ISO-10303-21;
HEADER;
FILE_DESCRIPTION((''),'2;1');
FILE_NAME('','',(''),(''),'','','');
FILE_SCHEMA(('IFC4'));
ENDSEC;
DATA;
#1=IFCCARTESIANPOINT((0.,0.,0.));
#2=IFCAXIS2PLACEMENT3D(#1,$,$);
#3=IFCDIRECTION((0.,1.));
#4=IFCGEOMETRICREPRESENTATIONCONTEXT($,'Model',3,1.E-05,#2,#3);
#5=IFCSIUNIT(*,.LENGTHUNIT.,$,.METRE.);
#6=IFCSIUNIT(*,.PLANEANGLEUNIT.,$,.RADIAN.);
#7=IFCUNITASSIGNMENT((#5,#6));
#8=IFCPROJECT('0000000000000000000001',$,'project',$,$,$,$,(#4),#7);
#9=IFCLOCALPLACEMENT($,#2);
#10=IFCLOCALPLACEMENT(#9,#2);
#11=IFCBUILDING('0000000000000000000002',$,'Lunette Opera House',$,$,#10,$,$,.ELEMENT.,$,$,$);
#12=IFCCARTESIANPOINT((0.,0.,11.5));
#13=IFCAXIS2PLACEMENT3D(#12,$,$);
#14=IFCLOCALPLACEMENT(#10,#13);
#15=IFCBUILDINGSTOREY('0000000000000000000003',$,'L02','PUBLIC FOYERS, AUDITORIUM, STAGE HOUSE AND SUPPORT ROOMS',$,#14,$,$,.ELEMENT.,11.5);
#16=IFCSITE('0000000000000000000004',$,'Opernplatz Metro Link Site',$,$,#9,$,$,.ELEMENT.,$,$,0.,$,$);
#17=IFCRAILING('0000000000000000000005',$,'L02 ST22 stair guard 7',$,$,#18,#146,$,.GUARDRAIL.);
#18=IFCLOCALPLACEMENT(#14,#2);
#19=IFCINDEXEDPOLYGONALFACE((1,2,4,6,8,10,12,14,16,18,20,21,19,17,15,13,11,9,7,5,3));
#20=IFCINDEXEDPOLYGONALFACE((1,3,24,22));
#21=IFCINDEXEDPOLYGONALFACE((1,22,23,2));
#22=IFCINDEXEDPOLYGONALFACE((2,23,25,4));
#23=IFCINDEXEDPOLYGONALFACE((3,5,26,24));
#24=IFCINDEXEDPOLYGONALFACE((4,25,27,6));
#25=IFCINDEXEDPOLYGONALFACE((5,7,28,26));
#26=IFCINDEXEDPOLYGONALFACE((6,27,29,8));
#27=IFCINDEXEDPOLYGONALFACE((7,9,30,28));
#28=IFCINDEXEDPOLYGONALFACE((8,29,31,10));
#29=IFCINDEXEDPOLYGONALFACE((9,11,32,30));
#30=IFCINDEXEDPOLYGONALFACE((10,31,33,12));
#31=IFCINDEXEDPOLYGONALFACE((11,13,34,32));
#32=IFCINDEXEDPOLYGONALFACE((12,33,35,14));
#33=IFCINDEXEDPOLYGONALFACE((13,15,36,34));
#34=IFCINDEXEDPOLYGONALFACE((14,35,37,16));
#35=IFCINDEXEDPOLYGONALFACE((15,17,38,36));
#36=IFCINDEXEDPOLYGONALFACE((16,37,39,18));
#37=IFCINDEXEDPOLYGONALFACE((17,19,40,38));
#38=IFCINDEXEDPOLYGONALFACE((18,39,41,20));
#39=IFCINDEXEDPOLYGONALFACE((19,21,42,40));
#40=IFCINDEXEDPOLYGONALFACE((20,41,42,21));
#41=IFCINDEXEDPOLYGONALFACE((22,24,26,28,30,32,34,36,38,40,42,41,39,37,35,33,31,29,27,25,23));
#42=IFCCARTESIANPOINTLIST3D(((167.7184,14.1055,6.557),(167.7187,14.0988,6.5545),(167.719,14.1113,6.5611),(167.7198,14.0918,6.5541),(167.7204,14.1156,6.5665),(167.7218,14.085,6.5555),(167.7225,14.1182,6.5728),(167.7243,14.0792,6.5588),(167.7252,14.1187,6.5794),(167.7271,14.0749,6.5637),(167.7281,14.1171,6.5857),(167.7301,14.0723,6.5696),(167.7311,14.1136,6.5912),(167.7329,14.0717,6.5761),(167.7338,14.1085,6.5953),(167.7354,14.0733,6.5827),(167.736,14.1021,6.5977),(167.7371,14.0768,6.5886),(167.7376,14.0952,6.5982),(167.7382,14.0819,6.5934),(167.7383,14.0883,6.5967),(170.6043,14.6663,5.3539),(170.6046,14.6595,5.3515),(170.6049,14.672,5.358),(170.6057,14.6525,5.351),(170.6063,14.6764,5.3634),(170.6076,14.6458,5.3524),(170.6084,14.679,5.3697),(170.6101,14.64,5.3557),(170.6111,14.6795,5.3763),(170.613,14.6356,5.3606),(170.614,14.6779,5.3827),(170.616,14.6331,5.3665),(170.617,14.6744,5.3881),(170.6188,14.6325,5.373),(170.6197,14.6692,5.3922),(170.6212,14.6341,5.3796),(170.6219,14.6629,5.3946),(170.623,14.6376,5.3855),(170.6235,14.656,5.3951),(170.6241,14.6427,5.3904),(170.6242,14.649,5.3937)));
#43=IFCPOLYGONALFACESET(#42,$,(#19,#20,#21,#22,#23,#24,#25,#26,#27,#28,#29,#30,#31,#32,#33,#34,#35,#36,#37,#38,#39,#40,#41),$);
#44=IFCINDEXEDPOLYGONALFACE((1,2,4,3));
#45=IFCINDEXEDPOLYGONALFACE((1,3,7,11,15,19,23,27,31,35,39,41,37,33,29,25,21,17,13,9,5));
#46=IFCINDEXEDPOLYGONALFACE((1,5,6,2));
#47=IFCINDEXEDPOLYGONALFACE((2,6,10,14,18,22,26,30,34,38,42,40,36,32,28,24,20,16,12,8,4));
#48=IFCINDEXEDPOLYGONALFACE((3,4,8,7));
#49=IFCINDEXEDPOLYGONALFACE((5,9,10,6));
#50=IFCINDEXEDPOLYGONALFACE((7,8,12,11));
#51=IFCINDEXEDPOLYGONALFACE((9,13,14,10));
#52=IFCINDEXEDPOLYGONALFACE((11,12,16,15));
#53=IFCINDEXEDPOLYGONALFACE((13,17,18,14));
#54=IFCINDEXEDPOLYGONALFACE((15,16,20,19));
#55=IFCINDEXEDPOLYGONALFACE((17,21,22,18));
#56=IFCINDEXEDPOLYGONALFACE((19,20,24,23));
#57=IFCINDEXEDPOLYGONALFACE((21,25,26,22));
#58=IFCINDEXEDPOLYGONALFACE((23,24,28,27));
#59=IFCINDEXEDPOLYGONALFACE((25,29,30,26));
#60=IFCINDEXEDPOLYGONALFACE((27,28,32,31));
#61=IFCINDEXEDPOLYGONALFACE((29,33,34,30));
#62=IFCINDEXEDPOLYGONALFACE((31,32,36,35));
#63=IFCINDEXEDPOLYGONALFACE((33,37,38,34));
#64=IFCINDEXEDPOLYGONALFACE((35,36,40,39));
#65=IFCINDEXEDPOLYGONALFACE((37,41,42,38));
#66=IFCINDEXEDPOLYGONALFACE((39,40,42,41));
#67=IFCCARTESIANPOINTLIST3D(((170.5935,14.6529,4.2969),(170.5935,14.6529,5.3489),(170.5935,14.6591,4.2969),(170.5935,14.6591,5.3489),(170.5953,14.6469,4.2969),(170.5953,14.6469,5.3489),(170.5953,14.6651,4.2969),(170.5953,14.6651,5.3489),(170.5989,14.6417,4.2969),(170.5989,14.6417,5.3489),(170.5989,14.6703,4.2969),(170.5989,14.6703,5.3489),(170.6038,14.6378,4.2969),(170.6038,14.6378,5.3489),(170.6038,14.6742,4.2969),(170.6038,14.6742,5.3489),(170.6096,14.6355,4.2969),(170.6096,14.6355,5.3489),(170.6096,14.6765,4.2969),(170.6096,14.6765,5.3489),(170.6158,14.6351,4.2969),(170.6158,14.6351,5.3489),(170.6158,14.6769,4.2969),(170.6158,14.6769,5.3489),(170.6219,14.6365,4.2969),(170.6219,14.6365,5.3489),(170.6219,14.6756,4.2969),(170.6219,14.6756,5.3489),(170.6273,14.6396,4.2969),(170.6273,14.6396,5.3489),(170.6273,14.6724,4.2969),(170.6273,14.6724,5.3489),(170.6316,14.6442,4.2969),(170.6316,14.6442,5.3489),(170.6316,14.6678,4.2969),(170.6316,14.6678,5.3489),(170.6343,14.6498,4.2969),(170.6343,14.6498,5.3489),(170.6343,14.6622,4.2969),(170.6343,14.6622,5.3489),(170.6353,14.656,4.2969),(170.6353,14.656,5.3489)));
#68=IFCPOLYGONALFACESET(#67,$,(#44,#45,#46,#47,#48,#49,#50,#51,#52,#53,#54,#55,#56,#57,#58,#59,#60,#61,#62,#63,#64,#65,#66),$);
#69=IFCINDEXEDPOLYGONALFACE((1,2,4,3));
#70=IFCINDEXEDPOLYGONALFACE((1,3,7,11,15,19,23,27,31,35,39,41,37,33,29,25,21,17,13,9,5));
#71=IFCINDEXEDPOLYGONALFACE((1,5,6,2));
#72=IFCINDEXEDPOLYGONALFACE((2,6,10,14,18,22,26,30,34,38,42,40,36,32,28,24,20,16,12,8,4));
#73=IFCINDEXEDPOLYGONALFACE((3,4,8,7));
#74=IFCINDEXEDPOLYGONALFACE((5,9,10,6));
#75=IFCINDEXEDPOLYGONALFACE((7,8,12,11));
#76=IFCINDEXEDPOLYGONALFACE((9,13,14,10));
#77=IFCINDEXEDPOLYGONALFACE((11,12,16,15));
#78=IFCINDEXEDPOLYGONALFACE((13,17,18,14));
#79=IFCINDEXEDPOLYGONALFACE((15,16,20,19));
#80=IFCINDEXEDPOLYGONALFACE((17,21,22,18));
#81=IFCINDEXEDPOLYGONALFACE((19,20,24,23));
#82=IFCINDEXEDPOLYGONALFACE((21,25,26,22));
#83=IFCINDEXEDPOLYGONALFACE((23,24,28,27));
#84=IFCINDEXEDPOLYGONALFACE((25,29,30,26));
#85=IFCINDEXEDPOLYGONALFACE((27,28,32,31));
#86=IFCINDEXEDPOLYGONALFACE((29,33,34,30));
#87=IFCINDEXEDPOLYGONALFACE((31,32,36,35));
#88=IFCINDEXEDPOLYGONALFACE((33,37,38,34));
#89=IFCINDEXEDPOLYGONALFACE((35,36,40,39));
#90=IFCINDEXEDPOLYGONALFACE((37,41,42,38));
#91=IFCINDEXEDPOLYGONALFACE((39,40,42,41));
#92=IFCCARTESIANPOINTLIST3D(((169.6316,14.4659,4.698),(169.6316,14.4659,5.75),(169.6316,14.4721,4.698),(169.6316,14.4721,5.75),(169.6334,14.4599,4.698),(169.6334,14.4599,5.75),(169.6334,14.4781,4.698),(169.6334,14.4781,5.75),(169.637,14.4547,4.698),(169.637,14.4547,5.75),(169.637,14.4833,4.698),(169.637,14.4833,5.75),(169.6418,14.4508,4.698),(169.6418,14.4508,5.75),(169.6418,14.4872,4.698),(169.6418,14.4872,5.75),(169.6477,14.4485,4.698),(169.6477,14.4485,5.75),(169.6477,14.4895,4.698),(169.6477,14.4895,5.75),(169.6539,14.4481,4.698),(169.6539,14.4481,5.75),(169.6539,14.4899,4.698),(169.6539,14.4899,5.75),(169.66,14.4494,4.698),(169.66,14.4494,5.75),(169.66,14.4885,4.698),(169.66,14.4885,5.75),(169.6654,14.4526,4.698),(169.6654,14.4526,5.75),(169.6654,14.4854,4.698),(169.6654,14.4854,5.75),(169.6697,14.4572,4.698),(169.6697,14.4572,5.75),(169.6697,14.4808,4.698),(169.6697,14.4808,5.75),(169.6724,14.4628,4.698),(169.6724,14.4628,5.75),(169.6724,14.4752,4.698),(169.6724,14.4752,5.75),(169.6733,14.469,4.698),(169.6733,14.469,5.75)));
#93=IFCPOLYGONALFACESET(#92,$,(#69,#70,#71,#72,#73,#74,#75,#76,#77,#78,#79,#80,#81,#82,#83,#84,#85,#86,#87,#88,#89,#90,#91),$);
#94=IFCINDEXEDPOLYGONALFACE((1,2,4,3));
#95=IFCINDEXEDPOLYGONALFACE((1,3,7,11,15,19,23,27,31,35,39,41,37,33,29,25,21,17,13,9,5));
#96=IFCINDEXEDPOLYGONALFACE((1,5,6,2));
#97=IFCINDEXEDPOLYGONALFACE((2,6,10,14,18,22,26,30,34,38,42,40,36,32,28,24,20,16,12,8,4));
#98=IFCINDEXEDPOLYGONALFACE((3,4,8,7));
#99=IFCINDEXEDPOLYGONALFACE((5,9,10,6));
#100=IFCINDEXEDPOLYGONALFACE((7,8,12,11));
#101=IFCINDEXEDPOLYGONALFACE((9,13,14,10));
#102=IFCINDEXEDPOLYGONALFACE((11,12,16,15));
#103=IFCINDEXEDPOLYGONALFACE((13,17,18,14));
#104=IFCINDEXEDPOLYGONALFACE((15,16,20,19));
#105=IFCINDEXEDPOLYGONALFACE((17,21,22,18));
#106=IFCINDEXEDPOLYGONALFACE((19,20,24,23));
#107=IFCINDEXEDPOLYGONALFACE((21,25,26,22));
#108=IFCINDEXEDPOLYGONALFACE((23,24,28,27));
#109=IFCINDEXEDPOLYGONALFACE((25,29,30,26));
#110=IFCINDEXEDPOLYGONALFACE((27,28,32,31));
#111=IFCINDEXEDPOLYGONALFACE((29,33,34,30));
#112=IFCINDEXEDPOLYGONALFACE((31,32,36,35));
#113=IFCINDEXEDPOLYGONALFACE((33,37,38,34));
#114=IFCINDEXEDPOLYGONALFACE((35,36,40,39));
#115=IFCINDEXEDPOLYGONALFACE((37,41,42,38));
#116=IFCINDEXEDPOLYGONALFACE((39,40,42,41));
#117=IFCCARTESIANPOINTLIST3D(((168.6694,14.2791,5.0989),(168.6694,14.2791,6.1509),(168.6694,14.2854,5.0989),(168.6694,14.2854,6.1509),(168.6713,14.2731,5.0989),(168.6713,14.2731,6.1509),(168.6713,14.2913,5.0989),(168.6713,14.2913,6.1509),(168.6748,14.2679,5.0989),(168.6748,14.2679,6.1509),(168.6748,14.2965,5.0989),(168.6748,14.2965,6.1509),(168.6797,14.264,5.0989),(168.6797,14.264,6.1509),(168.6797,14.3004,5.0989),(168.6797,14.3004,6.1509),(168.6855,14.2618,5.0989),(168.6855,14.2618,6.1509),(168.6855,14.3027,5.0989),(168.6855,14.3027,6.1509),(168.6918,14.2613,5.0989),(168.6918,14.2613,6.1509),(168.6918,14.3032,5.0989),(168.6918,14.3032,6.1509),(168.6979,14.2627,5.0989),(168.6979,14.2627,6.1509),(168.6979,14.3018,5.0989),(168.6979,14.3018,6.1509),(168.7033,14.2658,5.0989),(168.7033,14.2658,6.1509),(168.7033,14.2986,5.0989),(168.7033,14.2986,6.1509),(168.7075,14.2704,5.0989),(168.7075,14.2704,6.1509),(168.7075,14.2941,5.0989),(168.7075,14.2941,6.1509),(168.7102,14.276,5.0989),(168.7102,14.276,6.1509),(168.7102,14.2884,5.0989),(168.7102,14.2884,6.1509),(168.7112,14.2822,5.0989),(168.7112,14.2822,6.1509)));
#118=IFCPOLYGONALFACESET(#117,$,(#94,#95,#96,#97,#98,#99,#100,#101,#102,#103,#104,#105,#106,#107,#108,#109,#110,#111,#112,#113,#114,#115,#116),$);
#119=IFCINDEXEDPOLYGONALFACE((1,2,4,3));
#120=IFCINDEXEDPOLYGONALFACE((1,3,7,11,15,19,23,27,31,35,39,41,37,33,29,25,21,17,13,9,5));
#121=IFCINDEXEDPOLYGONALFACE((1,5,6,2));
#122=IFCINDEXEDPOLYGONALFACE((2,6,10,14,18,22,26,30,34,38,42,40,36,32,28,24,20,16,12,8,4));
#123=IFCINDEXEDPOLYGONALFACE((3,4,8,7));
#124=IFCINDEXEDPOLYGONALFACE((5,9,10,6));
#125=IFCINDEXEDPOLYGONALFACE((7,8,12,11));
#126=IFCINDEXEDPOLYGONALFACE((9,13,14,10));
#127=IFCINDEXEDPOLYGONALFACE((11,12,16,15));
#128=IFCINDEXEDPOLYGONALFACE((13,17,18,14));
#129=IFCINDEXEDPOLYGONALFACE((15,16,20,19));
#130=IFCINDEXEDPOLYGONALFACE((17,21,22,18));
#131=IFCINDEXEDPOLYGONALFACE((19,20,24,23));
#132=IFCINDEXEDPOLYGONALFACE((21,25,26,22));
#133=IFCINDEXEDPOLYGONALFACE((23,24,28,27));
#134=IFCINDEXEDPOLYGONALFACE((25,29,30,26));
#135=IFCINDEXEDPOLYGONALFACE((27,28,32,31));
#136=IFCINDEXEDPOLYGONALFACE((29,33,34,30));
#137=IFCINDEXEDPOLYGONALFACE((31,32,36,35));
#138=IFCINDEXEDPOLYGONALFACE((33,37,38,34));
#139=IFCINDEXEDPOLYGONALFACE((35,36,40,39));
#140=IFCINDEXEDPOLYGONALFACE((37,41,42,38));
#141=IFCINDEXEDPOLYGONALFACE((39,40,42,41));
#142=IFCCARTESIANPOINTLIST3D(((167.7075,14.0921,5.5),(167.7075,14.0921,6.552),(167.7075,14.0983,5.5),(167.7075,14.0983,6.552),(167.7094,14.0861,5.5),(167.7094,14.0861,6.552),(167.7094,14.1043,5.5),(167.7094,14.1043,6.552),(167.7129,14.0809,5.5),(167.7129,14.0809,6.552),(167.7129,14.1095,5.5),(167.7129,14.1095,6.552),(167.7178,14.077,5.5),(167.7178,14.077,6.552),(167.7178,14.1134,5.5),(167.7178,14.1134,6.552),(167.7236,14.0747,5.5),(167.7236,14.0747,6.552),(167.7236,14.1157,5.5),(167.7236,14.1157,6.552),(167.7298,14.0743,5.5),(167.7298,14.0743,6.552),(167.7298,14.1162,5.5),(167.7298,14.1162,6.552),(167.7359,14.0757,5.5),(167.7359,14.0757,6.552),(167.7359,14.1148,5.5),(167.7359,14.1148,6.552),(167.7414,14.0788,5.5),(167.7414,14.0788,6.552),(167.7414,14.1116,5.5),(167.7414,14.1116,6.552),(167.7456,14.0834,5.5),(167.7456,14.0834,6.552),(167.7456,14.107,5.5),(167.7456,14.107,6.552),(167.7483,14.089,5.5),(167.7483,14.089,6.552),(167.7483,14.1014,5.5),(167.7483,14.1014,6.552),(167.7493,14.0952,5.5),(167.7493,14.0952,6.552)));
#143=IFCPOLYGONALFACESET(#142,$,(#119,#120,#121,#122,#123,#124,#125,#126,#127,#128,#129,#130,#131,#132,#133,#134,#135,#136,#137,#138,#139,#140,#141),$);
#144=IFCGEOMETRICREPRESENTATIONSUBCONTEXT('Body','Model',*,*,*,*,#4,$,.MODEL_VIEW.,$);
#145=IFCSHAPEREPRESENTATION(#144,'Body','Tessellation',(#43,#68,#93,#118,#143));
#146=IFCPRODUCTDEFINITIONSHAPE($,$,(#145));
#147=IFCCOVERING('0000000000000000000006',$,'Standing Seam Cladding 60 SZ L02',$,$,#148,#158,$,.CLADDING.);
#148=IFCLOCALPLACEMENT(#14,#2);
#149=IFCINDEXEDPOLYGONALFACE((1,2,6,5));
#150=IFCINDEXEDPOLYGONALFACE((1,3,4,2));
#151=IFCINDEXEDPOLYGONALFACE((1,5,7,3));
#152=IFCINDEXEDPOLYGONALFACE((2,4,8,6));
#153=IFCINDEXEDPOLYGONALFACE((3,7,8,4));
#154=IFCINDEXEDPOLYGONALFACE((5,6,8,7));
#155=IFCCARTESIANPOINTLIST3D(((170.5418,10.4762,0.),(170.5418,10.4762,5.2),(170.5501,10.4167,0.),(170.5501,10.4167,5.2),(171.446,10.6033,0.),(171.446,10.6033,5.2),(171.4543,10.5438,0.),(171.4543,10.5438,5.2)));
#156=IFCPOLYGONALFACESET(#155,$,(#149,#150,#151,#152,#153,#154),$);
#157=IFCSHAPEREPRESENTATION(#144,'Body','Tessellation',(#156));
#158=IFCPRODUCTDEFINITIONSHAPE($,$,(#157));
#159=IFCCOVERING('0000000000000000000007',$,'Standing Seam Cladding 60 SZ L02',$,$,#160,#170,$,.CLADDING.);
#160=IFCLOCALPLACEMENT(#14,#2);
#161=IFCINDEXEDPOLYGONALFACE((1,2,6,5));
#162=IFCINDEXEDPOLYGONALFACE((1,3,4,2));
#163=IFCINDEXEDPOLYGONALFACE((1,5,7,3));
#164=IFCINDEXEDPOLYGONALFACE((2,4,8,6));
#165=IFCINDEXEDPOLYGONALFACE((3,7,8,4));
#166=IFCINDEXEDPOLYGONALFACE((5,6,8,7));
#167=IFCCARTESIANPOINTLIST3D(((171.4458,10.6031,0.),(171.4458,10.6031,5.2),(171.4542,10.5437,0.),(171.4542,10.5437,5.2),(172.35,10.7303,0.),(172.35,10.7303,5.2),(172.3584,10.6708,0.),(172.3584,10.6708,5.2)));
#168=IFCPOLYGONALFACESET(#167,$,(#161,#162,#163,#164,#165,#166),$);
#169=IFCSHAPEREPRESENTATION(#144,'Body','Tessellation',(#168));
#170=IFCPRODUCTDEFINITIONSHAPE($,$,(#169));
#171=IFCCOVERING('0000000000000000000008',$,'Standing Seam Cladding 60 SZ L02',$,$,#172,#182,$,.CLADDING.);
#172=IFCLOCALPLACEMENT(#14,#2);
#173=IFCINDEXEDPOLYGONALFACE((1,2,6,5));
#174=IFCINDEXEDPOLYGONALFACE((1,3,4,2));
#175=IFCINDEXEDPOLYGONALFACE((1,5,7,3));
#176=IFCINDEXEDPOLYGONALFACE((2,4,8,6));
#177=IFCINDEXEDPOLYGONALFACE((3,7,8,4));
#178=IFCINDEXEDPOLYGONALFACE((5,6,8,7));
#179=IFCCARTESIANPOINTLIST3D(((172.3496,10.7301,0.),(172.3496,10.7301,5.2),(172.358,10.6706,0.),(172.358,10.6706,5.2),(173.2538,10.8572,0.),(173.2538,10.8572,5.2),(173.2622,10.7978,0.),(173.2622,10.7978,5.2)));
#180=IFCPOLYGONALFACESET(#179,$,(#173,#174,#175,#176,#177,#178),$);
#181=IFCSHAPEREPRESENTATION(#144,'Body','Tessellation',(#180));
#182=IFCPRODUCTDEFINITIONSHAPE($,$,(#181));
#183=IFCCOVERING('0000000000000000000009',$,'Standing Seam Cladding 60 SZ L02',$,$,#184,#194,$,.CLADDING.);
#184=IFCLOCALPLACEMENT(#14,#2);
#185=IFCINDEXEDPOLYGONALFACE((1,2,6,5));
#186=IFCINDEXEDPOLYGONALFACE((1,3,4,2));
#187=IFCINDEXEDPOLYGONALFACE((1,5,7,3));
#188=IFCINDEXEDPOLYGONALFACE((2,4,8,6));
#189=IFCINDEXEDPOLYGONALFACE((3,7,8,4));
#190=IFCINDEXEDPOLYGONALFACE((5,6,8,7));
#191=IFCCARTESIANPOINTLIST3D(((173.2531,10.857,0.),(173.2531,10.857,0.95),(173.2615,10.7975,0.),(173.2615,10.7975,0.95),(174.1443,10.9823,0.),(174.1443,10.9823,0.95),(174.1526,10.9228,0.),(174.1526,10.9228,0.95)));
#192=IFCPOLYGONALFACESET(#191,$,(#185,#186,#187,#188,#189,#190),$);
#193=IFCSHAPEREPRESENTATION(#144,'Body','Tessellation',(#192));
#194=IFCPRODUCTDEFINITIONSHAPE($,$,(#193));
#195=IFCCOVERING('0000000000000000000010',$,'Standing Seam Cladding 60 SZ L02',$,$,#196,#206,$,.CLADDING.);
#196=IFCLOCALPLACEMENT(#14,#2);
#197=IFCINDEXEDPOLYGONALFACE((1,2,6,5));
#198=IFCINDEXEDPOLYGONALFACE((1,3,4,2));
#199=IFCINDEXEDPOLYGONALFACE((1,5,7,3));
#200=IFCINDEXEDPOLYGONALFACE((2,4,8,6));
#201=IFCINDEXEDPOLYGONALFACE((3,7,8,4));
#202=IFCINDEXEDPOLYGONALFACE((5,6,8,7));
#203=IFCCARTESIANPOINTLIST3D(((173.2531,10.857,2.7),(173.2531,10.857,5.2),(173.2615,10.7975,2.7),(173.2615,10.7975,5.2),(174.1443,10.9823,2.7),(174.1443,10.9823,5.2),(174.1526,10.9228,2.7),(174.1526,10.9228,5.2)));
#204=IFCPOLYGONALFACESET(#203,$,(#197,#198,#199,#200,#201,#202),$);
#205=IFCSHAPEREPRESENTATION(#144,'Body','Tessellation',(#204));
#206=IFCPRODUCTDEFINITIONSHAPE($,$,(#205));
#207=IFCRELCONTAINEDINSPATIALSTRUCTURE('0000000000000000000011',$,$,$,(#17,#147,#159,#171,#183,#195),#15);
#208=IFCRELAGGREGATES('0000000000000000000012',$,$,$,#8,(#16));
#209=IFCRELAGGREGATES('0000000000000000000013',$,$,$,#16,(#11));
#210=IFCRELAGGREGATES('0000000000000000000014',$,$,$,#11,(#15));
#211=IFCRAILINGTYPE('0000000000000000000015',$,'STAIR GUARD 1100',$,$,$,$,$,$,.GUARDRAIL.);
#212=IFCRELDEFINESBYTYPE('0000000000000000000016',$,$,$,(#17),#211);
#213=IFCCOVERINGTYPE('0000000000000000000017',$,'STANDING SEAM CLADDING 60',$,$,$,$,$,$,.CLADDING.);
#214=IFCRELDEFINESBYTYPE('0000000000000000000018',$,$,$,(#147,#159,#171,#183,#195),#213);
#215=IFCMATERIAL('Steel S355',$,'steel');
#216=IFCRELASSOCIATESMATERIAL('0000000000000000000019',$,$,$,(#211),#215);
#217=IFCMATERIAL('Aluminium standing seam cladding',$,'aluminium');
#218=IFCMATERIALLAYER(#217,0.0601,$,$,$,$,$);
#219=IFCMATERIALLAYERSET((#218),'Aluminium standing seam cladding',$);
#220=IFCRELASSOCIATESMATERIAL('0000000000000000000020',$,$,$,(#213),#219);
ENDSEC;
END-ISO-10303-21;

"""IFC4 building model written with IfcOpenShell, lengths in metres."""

from ifc_helpers import new_model, si_unit, direction, frame, origin, origin_2d, place, context, subcontext, project, spatial, rectangle, circle, extrude, material, layer, layer_set, type_object, element, save


model = new_model("IFC4")

# Units and contexts
model_context = context("Model", 3, precision=1e-05, world=origin(), true_north=direction((0.0, 1.0)))
body_context = subcontext(model_context, "Body", "Model", "MODEL_VIEW")
ifc_project = project(units=[si_unit("LENGTHUNIT", "METRE"), si_unit("PLANEANGLEUNIT", "RADIAN")], contexts=[model_context])

# Site, building, storey
site_placement = place(None, origin())
site = spatial("IfcSite", under=ifc_project, at=site_placement, Name="Opernplatz Metro Link Site", CompositionType="ELEMENT", RefElevation=0.0)
building_placement = place(site_placement, origin())
building = spatial("IfcBuilding", under=site, at=building_placement, Name="Lunette Opera House", CompositionType="ELEMENT")
storey_placement = place(building_placement, frame((0.0, 0.0, 11.5)))
storey = spatial("IfcBuildingStorey", under=building, at=storey_placement, Name="L02", Description="PUBLIC FOYERS, AUDITORIUM, STAGE HOUSE AND SUPPORT ROOMS", CompositionType="ELEMENT", Elevation=11.5)

# Railing
ifc_material_1 = material(Name="Steel S355", Category="steel")
railing_type = type_object("IfcRailingType", Name="STAIR GUARD 1100", PredefinedType="GUARDRAIL", material=ifc_material_1)
railing_placement = place(storey_placement, frame((170.6143, 14.656, 4.2969)))
element("IfcRailing", 1, at=railing_placement, inside=storey, type_object=railing_type, Name="L02 ST22 stair guard 7", PredefinedType="GUARDRAIL", context=body_context, shape_type="SweptSolid", body=[
    extrude(circle(Radius=0.0239, at=origin_2d()), frame((0.0, 0.0, 1.0762), z_axis=(-0.908509, -0.176537, 0.378744), x_axis=(0.190747, -0.981639, 0.0)), (0.0, 0.0, 1.0), 3.1765),
    extrude(circle(Radius=0.021, at=origin_2d()), origin(), (0.0, 0.0, 1.0), 1.052),
    extrude(circle(Radius=0.021, at=origin_2d()), frame((-0.9619, -0.187, 0.4011)), (0.0, 0.0, 1.0), 1.052),
    extrude(circle(Radius=0.021, at=origin_2d()), frame((-1.9241, -0.3738, 0.802)), (0.0, 0.0, 1.0), 1.052),
    extrude(circle(Radius=0.021, at=origin_2d()), frame((-2.886, -0.5608, 1.2031)), (0.0, 0.0, 1.0), 1.052),
])

# Coverings
ifc_material_2 = material(Name="Aluminium standing seam cladding", Category="aluminium")
ifc_layer_1 = layer(ifc_material_2, 0.0601)
ifc_layer_set_1 = layer_set([ifc_layer_1], Name="Aluminium standing seam cladding")
covering_type = type_object("IfcCoveringType", Name="STANDING SEAM CLADDING 60", PredefinedType="CLADDING", material=ifc_layer_set_1)
for number, where, z_axis, x_axis, name in (
    (2, (170.998, 10.51, 0.0), (0.0, 0.0, 1.0), (0.990258, 0.139246, 0.0), "Standing Seam Cladding 60 SZ L02"),
    (3, (171.9021, 10.637, 0.0), (0.0, 0.0, 1.0), (0.990258, 0.139246, 0.0), "Standing Seam Cladding 60 SZ L02"),
    (4, (172.8059, 10.7639, 0.0), (0.0, 0.0, 1.0), (0.990258, 0.139246, 0.0), "Standing Seam Cladding 60 SZ L02"),
):
    element("IfcCovering", number, at=place(storey_placement, frame(where, z_axis=z_axis, x_axis=x_axis)), inside=storey, type_object=covering_type, Name=name, PredefinedType="CLADDING", context=body_context, shape_type="SweptSolid", body=[
        extrude(rectangle(XDim=0.9131, YDim=0.0601, at=origin_2d()), origin(), (0.0, 0.0, 1.0), 5.2),
    ])
covering_1_placement = place(storey_placement, frame((173.7029, 10.8899, 0.0), z_axis=(0.0, 0.0, 1.0), x_axis=(0.990258, 0.139246, 0.0)))
element("IfcCovering", 5, at=covering_1_placement, inside=storey, type_object=covering_type, Name="Standing Seam Cladding 60 SZ L02", PredefinedType="CLADDING", context=body_context, shape_type="SweptSolid", body=[
    extrude(rectangle(XDim=0.8999, YDim=0.0601, at=origin_2d()), origin(), (0.0, 0.0, 1.0), 0.95),
])
covering_2_placement = place(storey_placement, frame((173.7029, 10.8899, 2.7), z_axis=(0.0, 0.0, 1.0), x_axis=(0.990258, 0.139246, 0.0)))
element("IfcCovering", 6, at=covering_2_placement, inside=storey, type_object=covering_type, Name="Standing Seam Cladding 60 SZ L02", PredefinedType="CLADDING", context=body_context, shape_type="SweptSolid", body=[
    extrude(rectangle(XDim=0.8999, YDim=0.0601, at=origin_2d()), origin(), (0.0, 0.0, 1.0), 2.5),
])

save(model, "model.ifc")
